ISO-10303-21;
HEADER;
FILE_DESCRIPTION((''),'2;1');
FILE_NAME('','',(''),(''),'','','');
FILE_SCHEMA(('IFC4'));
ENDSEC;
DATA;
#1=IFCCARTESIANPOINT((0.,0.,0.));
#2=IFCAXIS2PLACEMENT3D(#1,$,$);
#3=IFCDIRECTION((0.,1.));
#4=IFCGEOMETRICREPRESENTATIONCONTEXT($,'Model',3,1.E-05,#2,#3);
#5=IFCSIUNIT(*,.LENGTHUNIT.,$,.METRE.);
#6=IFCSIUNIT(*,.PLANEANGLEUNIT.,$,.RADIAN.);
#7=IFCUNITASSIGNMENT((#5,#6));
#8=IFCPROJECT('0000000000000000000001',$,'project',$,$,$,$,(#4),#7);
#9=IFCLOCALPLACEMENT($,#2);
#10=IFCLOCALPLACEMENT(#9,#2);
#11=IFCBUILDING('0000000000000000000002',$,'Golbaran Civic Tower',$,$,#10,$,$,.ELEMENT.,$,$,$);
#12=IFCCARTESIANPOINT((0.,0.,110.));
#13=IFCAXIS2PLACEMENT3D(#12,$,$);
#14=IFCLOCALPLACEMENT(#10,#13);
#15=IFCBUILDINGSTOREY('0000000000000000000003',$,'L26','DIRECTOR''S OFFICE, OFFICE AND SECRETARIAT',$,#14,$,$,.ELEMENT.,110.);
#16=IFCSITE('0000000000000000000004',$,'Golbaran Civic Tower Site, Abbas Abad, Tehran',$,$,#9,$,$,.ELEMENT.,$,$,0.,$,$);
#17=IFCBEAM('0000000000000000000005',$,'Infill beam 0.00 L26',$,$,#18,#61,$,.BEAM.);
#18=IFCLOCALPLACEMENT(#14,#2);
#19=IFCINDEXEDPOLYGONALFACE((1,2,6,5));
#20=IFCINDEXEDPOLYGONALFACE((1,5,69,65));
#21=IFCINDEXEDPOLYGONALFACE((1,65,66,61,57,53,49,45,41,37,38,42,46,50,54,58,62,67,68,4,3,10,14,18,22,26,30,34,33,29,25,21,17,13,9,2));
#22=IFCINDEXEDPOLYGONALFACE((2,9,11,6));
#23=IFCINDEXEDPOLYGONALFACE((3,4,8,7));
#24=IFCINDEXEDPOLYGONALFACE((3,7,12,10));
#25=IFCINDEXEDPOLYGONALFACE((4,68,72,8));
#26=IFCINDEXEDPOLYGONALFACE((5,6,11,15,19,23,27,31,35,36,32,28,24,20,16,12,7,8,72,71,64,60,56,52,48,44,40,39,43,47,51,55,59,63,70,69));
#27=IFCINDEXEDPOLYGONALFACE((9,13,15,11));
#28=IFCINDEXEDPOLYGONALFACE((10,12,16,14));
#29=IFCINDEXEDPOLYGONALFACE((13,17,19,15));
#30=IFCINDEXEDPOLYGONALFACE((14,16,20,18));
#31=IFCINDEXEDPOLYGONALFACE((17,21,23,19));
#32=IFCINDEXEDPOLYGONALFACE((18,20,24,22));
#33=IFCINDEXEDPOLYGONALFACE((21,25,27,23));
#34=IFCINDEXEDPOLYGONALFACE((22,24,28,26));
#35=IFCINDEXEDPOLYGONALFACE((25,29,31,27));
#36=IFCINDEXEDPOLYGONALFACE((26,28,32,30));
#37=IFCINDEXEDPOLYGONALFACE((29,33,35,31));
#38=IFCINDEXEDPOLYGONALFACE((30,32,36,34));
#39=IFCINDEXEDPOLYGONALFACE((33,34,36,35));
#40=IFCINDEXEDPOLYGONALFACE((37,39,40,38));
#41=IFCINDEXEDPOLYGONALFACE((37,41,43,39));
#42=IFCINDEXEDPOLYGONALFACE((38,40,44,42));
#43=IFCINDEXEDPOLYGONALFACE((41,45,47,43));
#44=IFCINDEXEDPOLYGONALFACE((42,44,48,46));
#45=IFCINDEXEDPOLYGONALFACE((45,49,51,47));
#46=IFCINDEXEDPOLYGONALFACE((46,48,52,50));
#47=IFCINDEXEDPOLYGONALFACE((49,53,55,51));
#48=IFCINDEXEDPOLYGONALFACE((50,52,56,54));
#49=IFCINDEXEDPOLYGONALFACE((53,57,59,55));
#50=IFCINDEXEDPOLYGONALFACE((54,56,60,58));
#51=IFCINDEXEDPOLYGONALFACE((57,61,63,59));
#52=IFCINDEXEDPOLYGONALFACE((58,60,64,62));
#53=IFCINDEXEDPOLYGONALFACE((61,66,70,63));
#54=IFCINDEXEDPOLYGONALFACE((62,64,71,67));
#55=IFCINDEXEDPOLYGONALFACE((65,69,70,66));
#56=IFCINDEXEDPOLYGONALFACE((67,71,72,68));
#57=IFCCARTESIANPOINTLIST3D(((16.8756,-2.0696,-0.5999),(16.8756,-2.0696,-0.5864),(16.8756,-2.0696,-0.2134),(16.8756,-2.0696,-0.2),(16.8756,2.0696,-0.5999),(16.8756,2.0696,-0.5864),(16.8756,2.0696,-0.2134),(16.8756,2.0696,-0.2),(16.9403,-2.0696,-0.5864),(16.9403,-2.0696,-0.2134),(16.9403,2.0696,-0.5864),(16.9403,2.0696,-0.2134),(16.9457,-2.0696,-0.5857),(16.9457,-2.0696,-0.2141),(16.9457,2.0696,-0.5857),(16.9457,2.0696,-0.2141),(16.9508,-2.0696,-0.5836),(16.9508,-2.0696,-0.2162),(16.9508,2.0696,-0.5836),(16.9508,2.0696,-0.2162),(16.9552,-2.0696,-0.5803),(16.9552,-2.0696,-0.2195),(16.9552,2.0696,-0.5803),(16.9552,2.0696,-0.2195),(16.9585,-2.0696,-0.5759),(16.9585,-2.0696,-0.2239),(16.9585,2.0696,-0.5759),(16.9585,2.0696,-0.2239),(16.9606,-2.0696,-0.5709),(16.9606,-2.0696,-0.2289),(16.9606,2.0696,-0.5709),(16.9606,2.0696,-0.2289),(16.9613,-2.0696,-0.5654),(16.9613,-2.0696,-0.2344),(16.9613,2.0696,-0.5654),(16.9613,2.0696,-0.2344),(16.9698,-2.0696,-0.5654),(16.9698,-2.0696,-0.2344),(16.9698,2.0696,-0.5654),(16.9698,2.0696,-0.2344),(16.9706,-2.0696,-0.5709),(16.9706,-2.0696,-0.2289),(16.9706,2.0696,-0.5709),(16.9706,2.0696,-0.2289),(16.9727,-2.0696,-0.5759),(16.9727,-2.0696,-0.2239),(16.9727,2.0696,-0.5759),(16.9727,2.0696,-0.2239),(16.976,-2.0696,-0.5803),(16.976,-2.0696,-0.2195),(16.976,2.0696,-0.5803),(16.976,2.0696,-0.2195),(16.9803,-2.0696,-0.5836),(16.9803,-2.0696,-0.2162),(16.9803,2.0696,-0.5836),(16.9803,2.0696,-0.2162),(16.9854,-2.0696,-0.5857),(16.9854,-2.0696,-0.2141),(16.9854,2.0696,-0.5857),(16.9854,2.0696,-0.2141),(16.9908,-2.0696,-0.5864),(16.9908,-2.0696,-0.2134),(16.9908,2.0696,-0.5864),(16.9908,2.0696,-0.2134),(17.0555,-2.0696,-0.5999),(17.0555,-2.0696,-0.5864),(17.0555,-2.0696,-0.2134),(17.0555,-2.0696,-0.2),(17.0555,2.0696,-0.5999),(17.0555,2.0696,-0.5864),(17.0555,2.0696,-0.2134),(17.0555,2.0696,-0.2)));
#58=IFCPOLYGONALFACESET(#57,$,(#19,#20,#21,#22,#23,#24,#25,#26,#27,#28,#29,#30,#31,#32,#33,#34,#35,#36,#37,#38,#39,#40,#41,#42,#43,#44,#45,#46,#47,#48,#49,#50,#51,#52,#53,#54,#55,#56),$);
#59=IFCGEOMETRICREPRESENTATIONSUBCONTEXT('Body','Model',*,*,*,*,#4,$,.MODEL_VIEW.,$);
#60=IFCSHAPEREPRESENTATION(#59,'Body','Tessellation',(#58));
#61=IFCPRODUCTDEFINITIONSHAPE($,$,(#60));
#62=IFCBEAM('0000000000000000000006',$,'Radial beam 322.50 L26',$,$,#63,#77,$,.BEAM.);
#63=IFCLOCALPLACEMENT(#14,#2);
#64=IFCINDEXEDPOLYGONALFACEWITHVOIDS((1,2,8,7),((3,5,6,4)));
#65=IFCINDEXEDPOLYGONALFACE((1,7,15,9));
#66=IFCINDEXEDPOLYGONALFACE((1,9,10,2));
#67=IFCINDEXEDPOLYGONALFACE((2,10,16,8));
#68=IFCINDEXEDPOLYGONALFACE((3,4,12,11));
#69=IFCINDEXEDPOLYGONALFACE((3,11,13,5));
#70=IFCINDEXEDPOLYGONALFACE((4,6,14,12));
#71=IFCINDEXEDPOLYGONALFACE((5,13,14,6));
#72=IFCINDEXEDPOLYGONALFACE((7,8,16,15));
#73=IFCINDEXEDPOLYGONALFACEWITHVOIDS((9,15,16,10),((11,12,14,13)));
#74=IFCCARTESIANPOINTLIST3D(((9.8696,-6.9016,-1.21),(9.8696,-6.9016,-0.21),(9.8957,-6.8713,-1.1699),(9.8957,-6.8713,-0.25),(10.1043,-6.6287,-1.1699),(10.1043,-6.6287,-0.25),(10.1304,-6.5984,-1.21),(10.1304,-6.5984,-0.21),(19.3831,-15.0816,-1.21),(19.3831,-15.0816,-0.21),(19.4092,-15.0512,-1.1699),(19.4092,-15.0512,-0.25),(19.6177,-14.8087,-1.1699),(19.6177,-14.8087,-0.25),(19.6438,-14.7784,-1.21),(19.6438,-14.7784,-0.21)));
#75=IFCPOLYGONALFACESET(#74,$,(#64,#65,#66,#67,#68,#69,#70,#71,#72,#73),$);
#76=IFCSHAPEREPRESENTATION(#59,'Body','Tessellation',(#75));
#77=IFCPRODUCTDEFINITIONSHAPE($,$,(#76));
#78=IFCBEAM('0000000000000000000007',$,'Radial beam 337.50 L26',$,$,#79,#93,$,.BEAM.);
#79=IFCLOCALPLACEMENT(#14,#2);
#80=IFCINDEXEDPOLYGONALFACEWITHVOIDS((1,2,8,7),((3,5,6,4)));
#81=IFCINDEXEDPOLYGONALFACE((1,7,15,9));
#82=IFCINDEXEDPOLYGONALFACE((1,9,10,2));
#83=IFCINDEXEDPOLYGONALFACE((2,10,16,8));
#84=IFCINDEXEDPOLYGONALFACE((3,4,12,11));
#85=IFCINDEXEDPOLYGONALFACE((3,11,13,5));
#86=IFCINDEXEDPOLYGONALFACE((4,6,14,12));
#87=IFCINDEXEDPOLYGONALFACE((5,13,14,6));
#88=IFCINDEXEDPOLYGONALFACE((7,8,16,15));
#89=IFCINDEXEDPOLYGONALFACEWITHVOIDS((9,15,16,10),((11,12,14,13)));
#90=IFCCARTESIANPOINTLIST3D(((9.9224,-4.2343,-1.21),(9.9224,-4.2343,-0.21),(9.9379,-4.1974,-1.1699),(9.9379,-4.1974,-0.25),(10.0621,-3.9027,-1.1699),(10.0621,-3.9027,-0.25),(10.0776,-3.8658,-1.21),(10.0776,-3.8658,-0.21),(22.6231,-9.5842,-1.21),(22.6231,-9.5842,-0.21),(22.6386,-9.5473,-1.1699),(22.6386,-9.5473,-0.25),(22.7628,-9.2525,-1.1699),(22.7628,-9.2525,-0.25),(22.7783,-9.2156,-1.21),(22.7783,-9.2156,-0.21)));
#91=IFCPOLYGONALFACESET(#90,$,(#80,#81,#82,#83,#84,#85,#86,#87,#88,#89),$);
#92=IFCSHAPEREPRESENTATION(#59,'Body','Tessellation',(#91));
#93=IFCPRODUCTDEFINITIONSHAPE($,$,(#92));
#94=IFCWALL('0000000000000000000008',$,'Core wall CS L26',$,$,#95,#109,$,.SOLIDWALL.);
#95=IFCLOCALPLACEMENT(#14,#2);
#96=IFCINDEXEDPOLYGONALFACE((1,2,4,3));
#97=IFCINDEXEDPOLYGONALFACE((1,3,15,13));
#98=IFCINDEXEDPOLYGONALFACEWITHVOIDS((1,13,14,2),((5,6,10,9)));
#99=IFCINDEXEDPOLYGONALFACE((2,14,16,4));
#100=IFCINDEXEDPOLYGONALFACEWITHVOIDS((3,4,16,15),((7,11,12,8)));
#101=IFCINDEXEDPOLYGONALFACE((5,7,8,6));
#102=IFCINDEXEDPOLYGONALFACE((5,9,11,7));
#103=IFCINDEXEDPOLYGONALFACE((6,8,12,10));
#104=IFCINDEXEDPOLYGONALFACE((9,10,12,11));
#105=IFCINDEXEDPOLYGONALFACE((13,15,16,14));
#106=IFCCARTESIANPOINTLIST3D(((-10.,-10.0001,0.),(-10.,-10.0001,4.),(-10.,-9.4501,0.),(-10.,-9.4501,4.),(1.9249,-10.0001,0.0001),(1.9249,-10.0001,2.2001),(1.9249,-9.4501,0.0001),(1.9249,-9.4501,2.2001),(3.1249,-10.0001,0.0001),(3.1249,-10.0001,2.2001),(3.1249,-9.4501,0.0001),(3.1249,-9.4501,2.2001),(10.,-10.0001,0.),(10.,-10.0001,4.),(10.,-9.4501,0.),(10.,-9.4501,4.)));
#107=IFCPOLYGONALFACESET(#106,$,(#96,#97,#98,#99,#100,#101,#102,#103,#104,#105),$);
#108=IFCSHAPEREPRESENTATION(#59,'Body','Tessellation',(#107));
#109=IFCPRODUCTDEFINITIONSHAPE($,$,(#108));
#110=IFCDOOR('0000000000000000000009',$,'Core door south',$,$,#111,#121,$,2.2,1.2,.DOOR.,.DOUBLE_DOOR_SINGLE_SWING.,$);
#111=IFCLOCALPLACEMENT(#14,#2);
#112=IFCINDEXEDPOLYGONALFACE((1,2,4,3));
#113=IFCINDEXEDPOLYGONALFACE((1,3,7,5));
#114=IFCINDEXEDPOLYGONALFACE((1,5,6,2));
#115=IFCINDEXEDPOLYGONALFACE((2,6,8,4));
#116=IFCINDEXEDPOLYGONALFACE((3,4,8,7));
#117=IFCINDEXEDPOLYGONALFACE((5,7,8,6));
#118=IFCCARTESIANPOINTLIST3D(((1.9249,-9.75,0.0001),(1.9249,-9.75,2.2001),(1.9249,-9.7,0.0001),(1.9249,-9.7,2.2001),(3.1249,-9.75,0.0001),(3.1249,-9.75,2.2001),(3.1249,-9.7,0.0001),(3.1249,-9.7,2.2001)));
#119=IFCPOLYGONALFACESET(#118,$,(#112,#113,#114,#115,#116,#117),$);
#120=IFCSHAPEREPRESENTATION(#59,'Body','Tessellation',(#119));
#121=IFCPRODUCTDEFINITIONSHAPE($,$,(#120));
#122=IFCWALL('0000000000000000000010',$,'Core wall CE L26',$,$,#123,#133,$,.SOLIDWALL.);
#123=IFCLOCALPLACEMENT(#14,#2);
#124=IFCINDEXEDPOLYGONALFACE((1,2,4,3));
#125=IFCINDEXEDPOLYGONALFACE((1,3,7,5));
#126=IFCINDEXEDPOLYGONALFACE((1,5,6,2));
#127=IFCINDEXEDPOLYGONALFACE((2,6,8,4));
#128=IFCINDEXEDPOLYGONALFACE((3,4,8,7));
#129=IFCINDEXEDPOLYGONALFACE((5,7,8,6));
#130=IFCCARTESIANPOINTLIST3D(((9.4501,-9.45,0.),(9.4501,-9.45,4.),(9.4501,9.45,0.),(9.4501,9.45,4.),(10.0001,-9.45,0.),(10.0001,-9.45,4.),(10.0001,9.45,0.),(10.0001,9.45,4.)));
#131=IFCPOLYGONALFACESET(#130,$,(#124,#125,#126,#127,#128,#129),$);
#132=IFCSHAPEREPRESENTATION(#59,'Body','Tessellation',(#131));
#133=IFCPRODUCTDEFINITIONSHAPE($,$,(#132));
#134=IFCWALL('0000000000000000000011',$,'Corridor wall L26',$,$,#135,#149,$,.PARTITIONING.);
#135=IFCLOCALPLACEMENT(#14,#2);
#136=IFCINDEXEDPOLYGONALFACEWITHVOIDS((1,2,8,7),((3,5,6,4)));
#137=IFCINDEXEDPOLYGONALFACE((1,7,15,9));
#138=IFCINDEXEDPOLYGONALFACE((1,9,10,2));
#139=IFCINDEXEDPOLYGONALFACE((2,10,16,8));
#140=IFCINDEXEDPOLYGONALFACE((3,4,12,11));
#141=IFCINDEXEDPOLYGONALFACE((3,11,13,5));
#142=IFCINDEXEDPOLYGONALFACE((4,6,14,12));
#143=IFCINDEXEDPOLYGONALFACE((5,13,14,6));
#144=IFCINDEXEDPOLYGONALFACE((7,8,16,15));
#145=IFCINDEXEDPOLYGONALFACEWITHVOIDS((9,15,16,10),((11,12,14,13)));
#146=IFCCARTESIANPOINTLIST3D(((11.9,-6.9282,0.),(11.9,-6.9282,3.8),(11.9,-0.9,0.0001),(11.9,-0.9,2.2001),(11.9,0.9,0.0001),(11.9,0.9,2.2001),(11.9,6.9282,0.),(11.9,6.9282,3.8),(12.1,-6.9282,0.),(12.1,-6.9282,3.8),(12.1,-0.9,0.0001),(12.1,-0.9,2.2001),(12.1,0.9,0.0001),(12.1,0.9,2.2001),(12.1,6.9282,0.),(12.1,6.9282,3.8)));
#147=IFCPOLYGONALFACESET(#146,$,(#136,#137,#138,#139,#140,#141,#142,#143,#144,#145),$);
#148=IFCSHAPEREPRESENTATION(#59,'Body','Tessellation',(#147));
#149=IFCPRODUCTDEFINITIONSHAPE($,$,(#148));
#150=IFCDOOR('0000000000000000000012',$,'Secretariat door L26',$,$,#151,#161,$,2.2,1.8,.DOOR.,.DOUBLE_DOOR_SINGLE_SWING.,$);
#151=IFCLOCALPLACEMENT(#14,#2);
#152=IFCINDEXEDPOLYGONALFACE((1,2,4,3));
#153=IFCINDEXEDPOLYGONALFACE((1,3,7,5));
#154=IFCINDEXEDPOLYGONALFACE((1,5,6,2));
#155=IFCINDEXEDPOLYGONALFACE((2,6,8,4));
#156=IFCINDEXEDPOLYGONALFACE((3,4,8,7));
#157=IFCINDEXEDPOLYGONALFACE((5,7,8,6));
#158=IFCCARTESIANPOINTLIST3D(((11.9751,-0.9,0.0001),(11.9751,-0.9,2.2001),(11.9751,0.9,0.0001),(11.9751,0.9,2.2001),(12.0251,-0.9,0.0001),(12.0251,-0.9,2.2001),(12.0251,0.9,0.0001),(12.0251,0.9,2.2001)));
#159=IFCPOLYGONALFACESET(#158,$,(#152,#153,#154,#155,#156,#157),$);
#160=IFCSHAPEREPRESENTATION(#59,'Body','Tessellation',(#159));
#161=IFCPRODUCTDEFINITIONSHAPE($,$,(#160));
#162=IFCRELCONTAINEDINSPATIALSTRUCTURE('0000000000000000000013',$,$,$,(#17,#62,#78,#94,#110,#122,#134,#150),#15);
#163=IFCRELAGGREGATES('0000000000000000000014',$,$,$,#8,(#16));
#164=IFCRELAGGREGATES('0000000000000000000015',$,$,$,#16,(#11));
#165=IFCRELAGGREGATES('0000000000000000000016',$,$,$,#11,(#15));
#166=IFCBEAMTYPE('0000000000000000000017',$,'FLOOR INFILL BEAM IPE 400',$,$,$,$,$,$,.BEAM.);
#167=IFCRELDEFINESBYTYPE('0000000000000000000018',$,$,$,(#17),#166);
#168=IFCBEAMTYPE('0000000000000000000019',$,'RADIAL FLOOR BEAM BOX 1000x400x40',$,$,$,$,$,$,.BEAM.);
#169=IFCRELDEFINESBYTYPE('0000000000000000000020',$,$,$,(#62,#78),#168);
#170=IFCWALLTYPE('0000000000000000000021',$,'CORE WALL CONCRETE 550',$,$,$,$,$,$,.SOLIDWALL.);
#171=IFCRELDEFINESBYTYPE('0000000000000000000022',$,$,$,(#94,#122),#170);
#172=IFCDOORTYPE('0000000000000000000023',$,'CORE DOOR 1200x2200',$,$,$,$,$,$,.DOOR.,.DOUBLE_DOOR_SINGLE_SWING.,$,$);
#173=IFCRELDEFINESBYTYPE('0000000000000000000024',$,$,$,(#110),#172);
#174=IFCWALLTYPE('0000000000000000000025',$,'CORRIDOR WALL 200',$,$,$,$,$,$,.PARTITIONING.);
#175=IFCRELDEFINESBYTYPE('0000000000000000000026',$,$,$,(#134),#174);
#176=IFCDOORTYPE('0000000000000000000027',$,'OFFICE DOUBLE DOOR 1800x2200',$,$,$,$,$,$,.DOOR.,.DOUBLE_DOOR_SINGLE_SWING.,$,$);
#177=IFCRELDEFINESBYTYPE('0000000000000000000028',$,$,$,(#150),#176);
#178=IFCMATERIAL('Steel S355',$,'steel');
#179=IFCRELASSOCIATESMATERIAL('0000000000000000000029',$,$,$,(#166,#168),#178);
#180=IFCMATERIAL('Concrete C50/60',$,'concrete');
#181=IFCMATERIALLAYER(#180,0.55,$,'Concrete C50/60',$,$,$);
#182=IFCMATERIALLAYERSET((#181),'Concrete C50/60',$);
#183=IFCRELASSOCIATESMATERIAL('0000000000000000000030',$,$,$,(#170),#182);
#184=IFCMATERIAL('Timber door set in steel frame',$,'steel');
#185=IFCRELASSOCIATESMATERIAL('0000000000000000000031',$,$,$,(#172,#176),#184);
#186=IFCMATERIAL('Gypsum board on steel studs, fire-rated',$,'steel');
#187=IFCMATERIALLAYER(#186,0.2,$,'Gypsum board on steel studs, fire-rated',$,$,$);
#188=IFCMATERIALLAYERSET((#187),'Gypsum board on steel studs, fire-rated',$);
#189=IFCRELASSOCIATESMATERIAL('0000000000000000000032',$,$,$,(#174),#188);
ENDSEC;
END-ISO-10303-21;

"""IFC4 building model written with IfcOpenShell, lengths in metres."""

from ifc_helpers import new_model, si_unit, direction, frame, frame_2d, origin, origin_2d, place, context, subcontext, project, spatial, rectangle, hollow_rectangle, i_section, extrude, material, layer, layer_set, material_profile, profile_set, type_object, element, fill, save


model = new_model("IFC4")

# Units and contexts
model_context = context("Model", 3, precision=1e-05, world=origin(), true_north=direction((0.0, 1.0)))
body_context = subcontext(model_context, "Body", "Model", "MODEL_VIEW")
ifc_project = project(units=[si_unit("LENGTHUNIT", "METRE"), si_unit("PLANEANGLEUNIT", "RADIAN")], contexts=[model_context])

# Site, building, storey
site_placement = place(None, origin())
site = spatial("IfcSite", under=ifc_project, at=site_placement, Name="Golbaran Civic Tower Site, Abbas Abad, Tehran", CompositionType="ELEMENT", RefElevation=0.0)
building_placement = place(site_placement, origin())
building = spatial("IfcBuilding", under=site, at=building_placement, Name="Golbaran Civic Tower", CompositionType="ELEMENT")
storey_placement = place(building_placement, frame((0.0, 0.0, 110.0)))
storey = spatial("IfcBuildingStorey", under=building, at=storey_placement, Name="L26", Description="DIRECTOR'S OFFICE, OFFICE AND SECRETARIAT", CompositionType="ELEMENT", Elevation=110.0)

# Beams
ifc_material_1 = material(Name="Steel S355", Category="steel")
ifc_material_profile_1 = material_profile(ifc_material_1, i_section(OverallWidth=0.1799, OverallDepth=0.3999, WebThickness=0.0085, FlangeThickness=0.0134, FilletRadius=0.021, at=origin_2d()), Name="IPE 400")
ifc_profile_set_1 = profile_set([ifc_material_profile_1], Name="Steel S355")
beam_type_1 = type_object("IfcBeamType", Name="FLOOR INFILL BEAM IPE 400", PredefinedType="BEAM", material=ifc_profile_set_1)
beam_1_placement = place(storey_placement, frame((16.9656, -2.0696, -0.3999), z_axis=(0.0, 1.0, 0.0), x_axis=(-1.0, 0.0, 0.0)))
element("IfcBeam", 1, at=beam_1_placement, inside=storey, type_object=beam_type_1, Name="Infill beam 0.00 L26", PredefinedType="BEAM", context=body_context, shape_type="SweptSolid", body=[
    extrude(i_section(OverallWidth=0.1799, OverallDepth=0.3999, WebThickness=0.0085, FlangeThickness=0.0134, FilletRadius=0.021, at=origin_2d()), origin(), (0.0, 0.0, 1.0), 4.1392),
])
ifc_material_profile_2 = material_profile(ifc_material_1, hollow_rectangle(XDim=0.3999, YDim=1.0, WallThickness=0.04, at=origin_2d()), Name="BOX 1000x400x40")
ifc_profile_set_2 = profile_set([ifc_material_profile_2], Name="Steel S355")
beam_type_2 = type_object("IfcBeamType", Name="RADIAL FLOOR BEAM BOX 1000x400x40", PredefinedType="BEAM", material=ifc_profile_set_2)
beam_2_placement = place(storey_placement, frame((10.0, -6.75, -0.71), z_axis=(0.758249, -0.651965, 0.0), x_axis=(0.651965, 0.758249, 0.0)))
element("IfcBeam", 2, at=beam_2_placement, inside=storey, type_object=beam_type_2, Name="Radial beam 322.50 L26", PredefinedType="BEAM", context=body_context, shape_type="SweptSolid", body=[
    extrude(hollow_rectangle(XDim=0.3999, YDim=1.0, WallThickness=0.04, at=origin_2d()), origin(), (0.0, 0.0, 1.0), 12.5466),
])
beam_3_placement = place(storey_placement, frame((10.0, -4.05, -0.71), z_axis=(0.921578, -0.388192, 0.0), x_axis=(0.388192, 0.921578, 0.0)))
element("IfcBeam", 3, at=beam_3_placement, inside=storey, type_object=beam_type_2, Name="Radial beam 337.50 L26", PredefinedType="BEAM", context=body_context, shape_type="SweptSolid", body=[
    extrude(hollow_rectangle(XDim=0.3999, YDim=1.0, WallThickness=0.04, at=origin_2d()), origin(), (0.0, 0.0, 1.0), 13.7815),
])

# Wall, opening, door
ifc_material_2 = material(Name="Concrete C50/60", Category="concrete")
ifc_layer_1 = layer(ifc_material_2, 0.55, Name="Concrete C50/60")
ifc_layer_set_1 = layer_set([ifc_layer_1], Name="Concrete C50/60")
wall_type_1 = type_object("IfcWallType", Name="CORE WALL CONCRETE 550", PredefinedType="SOLIDWALL", material=ifc_layer_set_1)
wall_1_placement = place(storey_placement, frame((10.0, -9.7251, 0.0), z_axis=(0.0, 0.0, 1.0), x_axis=(-1.0, 0.0, 0.0)))
wall_1 = element("IfcWall", 4, at=wall_1_placement, inside=storey, type_object=wall_type_1, Name="Core wall CS L26", PredefinedType="SOLIDWALL", context=body_context, shape_type="SweptSolid", body=[
    extrude(rectangle(XDim=20.0, YDim=0.55, at=frame_2d((10.0, 0.0))), origin(), (0.0, 0.0, 1.0), 4.0),
])
opening_1_placement = place(wall_1_placement, frame((6.875, 0.0, 0.0)))
opening_1 = element("IfcOpeningElement", 5, at=opening_1_placement, cuts=wall_1, PredefinedType="OPENING", context=body_context, shape_type="SweptSolid", body=[
    extrude(rectangle(XDim=1.2, YDim=2.2, at=frame_2d((0.6001, 1.1001))), frame((0.0, 0.2849, 0.0), z_axis=(0.0, -1.0, 0.0), x_axis=(1.0, 0.0, 0.0)), (0.0, 0.0, 1.0), 0.5701),
])
ifc_material_3 = material(Name="Timber door set in steel frame", Category="steel")
door_type_1 = type_object("IfcDoorType", Name="CORE DOOR 1200x2200", OperationType="DOUBLE_DOOR_SINGLE_SWING", PredefinedType="DOOR", material=ifc_material_3)
door_1_placement = place(opening_1_placement, origin())
door_1 = element("IfcDoor", 6, at=door_1_placement, inside=storey, type_object=door_type_1, Name="Core door south", OperationType="DOUBLE_DOOR_SINGLE_SWING", OverallHeight=2.2, OverallWidth=1.2, PredefinedType="DOOR", context=body_context, shape_type="SweptSolid", body=[
    extrude(rectangle(XDim=1.2, YDim=2.2, at=frame_2d((0.6001, 1.1001))), frame((0.0, 0.0249, 0.0), z_axis=(0.0, -1.0, 0.0), x_axis=(1.0, 0.0, 0.0)), (0.0, 0.0, 1.0), 0.05),
])
fill(opening_1, door_1)

# Wall
wall_2_placement = place(storey_placement, frame((9.7251, -9.45, 0.0), z_axis=(0.0, 0.0, 1.0), x_axis=(0.0, 1.0, 0.0)))
element("IfcWall", 7, at=wall_2_placement, inside=storey, type_object=wall_type_1, Name="Core wall CE L26", PredefinedType="SOLIDWALL", context=body_context, shape_type="SweptSolid", body=[
    extrude(rectangle(XDim=18.8999, YDim=0.55, at=frame_2d((9.45, 0.0))), origin(), (0.0, 0.0, 1.0), 4.0),
])

# Wall, opening, door
ifc_material_4 = material(Name="Gypsum board on steel studs, fire-rated", Category="steel")
ifc_layer_2 = layer(ifc_material_4, 0.2, Name="Gypsum board on steel studs, fire-rated")
ifc_layer_set_2 = layer_set([ifc_layer_2], Name="Gypsum board on steel studs, fire-rated")
wall_type_2 = type_object("IfcWallType", Name="CORRIDOR WALL 200", PredefinedType="PARTITIONING", material=ifc_layer_set_2)
wall_3_placement = place(storey_placement, frame((12.0, -6.9282, 0.0), z_axis=(0.0, 0.0, 1.0), x_axis=(0.0, 1.0, 0.0)))
wall_3 = element("IfcWall", 8, at=wall_3_placement, inside=storey, type_object=wall_type_2, Name="Corridor wall L26", PredefinedType="PARTITIONING", context=body_context, shape_type="SweptSolid", body=[
    extrude(rectangle(XDim=13.8564, YDim=0.2, at=frame_2d((6.9282, 0.0))), origin(), (0.0, 0.0, 1.0), 3.8),
])
opening_2_placement = place(wall_3_placement, frame((6.0283, 0.0, 0.0)))
opening_2 = element("IfcOpeningElement", 9, at=opening_2_placement, cuts=wall_3, PredefinedType="OPENING", context=body_context, shape_type="SweptSolid", body=[
    extrude(rectangle(XDim=1.8, YDim=2.2, at=frame_2d((0.8999, 1.1001))), frame((0.0, 0.1099, 0.0), z_axis=(0.0, -1.0, 0.0), x_axis=(1.0, 0.0, 0.0)), (0.0, 0.0, 1.0), 0.22),
])
door_type_2 = type_object("IfcDoorType", Name="OFFICE DOUBLE DOOR 1800x2200", OperationType="DOUBLE_DOOR_SINGLE_SWING", PredefinedType="DOOR", material=ifc_material_3)
door_2_placement = place(opening_2_placement, origin())
door_2 = element("IfcDoor", 10, at=door_2_placement, inside=storey, type_object=door_type_2, Name="Secretariat door L26", OperationType="DOUBLE_DOOR_SINGLE_SWING", OverallHeight=2.2, OverallWidth=1.8, PredefinedType="DOOR", context=body_context, shape_type="SweptSolid", body=[
    extrude(rectangle(XDim=1.8, YDim=2.2, at=frame_2d((0.8999, 1.1001))), frame((0.0, 0.0249, 0.0), z_axis=(0.0, -1.0, 0.0), x_axis=(1.0, 0.0, 0.0)), (0.0, 0.0, 1.0), 0.05),
])
fill(opening_2, door_2)

save(model, "model.ifc")
